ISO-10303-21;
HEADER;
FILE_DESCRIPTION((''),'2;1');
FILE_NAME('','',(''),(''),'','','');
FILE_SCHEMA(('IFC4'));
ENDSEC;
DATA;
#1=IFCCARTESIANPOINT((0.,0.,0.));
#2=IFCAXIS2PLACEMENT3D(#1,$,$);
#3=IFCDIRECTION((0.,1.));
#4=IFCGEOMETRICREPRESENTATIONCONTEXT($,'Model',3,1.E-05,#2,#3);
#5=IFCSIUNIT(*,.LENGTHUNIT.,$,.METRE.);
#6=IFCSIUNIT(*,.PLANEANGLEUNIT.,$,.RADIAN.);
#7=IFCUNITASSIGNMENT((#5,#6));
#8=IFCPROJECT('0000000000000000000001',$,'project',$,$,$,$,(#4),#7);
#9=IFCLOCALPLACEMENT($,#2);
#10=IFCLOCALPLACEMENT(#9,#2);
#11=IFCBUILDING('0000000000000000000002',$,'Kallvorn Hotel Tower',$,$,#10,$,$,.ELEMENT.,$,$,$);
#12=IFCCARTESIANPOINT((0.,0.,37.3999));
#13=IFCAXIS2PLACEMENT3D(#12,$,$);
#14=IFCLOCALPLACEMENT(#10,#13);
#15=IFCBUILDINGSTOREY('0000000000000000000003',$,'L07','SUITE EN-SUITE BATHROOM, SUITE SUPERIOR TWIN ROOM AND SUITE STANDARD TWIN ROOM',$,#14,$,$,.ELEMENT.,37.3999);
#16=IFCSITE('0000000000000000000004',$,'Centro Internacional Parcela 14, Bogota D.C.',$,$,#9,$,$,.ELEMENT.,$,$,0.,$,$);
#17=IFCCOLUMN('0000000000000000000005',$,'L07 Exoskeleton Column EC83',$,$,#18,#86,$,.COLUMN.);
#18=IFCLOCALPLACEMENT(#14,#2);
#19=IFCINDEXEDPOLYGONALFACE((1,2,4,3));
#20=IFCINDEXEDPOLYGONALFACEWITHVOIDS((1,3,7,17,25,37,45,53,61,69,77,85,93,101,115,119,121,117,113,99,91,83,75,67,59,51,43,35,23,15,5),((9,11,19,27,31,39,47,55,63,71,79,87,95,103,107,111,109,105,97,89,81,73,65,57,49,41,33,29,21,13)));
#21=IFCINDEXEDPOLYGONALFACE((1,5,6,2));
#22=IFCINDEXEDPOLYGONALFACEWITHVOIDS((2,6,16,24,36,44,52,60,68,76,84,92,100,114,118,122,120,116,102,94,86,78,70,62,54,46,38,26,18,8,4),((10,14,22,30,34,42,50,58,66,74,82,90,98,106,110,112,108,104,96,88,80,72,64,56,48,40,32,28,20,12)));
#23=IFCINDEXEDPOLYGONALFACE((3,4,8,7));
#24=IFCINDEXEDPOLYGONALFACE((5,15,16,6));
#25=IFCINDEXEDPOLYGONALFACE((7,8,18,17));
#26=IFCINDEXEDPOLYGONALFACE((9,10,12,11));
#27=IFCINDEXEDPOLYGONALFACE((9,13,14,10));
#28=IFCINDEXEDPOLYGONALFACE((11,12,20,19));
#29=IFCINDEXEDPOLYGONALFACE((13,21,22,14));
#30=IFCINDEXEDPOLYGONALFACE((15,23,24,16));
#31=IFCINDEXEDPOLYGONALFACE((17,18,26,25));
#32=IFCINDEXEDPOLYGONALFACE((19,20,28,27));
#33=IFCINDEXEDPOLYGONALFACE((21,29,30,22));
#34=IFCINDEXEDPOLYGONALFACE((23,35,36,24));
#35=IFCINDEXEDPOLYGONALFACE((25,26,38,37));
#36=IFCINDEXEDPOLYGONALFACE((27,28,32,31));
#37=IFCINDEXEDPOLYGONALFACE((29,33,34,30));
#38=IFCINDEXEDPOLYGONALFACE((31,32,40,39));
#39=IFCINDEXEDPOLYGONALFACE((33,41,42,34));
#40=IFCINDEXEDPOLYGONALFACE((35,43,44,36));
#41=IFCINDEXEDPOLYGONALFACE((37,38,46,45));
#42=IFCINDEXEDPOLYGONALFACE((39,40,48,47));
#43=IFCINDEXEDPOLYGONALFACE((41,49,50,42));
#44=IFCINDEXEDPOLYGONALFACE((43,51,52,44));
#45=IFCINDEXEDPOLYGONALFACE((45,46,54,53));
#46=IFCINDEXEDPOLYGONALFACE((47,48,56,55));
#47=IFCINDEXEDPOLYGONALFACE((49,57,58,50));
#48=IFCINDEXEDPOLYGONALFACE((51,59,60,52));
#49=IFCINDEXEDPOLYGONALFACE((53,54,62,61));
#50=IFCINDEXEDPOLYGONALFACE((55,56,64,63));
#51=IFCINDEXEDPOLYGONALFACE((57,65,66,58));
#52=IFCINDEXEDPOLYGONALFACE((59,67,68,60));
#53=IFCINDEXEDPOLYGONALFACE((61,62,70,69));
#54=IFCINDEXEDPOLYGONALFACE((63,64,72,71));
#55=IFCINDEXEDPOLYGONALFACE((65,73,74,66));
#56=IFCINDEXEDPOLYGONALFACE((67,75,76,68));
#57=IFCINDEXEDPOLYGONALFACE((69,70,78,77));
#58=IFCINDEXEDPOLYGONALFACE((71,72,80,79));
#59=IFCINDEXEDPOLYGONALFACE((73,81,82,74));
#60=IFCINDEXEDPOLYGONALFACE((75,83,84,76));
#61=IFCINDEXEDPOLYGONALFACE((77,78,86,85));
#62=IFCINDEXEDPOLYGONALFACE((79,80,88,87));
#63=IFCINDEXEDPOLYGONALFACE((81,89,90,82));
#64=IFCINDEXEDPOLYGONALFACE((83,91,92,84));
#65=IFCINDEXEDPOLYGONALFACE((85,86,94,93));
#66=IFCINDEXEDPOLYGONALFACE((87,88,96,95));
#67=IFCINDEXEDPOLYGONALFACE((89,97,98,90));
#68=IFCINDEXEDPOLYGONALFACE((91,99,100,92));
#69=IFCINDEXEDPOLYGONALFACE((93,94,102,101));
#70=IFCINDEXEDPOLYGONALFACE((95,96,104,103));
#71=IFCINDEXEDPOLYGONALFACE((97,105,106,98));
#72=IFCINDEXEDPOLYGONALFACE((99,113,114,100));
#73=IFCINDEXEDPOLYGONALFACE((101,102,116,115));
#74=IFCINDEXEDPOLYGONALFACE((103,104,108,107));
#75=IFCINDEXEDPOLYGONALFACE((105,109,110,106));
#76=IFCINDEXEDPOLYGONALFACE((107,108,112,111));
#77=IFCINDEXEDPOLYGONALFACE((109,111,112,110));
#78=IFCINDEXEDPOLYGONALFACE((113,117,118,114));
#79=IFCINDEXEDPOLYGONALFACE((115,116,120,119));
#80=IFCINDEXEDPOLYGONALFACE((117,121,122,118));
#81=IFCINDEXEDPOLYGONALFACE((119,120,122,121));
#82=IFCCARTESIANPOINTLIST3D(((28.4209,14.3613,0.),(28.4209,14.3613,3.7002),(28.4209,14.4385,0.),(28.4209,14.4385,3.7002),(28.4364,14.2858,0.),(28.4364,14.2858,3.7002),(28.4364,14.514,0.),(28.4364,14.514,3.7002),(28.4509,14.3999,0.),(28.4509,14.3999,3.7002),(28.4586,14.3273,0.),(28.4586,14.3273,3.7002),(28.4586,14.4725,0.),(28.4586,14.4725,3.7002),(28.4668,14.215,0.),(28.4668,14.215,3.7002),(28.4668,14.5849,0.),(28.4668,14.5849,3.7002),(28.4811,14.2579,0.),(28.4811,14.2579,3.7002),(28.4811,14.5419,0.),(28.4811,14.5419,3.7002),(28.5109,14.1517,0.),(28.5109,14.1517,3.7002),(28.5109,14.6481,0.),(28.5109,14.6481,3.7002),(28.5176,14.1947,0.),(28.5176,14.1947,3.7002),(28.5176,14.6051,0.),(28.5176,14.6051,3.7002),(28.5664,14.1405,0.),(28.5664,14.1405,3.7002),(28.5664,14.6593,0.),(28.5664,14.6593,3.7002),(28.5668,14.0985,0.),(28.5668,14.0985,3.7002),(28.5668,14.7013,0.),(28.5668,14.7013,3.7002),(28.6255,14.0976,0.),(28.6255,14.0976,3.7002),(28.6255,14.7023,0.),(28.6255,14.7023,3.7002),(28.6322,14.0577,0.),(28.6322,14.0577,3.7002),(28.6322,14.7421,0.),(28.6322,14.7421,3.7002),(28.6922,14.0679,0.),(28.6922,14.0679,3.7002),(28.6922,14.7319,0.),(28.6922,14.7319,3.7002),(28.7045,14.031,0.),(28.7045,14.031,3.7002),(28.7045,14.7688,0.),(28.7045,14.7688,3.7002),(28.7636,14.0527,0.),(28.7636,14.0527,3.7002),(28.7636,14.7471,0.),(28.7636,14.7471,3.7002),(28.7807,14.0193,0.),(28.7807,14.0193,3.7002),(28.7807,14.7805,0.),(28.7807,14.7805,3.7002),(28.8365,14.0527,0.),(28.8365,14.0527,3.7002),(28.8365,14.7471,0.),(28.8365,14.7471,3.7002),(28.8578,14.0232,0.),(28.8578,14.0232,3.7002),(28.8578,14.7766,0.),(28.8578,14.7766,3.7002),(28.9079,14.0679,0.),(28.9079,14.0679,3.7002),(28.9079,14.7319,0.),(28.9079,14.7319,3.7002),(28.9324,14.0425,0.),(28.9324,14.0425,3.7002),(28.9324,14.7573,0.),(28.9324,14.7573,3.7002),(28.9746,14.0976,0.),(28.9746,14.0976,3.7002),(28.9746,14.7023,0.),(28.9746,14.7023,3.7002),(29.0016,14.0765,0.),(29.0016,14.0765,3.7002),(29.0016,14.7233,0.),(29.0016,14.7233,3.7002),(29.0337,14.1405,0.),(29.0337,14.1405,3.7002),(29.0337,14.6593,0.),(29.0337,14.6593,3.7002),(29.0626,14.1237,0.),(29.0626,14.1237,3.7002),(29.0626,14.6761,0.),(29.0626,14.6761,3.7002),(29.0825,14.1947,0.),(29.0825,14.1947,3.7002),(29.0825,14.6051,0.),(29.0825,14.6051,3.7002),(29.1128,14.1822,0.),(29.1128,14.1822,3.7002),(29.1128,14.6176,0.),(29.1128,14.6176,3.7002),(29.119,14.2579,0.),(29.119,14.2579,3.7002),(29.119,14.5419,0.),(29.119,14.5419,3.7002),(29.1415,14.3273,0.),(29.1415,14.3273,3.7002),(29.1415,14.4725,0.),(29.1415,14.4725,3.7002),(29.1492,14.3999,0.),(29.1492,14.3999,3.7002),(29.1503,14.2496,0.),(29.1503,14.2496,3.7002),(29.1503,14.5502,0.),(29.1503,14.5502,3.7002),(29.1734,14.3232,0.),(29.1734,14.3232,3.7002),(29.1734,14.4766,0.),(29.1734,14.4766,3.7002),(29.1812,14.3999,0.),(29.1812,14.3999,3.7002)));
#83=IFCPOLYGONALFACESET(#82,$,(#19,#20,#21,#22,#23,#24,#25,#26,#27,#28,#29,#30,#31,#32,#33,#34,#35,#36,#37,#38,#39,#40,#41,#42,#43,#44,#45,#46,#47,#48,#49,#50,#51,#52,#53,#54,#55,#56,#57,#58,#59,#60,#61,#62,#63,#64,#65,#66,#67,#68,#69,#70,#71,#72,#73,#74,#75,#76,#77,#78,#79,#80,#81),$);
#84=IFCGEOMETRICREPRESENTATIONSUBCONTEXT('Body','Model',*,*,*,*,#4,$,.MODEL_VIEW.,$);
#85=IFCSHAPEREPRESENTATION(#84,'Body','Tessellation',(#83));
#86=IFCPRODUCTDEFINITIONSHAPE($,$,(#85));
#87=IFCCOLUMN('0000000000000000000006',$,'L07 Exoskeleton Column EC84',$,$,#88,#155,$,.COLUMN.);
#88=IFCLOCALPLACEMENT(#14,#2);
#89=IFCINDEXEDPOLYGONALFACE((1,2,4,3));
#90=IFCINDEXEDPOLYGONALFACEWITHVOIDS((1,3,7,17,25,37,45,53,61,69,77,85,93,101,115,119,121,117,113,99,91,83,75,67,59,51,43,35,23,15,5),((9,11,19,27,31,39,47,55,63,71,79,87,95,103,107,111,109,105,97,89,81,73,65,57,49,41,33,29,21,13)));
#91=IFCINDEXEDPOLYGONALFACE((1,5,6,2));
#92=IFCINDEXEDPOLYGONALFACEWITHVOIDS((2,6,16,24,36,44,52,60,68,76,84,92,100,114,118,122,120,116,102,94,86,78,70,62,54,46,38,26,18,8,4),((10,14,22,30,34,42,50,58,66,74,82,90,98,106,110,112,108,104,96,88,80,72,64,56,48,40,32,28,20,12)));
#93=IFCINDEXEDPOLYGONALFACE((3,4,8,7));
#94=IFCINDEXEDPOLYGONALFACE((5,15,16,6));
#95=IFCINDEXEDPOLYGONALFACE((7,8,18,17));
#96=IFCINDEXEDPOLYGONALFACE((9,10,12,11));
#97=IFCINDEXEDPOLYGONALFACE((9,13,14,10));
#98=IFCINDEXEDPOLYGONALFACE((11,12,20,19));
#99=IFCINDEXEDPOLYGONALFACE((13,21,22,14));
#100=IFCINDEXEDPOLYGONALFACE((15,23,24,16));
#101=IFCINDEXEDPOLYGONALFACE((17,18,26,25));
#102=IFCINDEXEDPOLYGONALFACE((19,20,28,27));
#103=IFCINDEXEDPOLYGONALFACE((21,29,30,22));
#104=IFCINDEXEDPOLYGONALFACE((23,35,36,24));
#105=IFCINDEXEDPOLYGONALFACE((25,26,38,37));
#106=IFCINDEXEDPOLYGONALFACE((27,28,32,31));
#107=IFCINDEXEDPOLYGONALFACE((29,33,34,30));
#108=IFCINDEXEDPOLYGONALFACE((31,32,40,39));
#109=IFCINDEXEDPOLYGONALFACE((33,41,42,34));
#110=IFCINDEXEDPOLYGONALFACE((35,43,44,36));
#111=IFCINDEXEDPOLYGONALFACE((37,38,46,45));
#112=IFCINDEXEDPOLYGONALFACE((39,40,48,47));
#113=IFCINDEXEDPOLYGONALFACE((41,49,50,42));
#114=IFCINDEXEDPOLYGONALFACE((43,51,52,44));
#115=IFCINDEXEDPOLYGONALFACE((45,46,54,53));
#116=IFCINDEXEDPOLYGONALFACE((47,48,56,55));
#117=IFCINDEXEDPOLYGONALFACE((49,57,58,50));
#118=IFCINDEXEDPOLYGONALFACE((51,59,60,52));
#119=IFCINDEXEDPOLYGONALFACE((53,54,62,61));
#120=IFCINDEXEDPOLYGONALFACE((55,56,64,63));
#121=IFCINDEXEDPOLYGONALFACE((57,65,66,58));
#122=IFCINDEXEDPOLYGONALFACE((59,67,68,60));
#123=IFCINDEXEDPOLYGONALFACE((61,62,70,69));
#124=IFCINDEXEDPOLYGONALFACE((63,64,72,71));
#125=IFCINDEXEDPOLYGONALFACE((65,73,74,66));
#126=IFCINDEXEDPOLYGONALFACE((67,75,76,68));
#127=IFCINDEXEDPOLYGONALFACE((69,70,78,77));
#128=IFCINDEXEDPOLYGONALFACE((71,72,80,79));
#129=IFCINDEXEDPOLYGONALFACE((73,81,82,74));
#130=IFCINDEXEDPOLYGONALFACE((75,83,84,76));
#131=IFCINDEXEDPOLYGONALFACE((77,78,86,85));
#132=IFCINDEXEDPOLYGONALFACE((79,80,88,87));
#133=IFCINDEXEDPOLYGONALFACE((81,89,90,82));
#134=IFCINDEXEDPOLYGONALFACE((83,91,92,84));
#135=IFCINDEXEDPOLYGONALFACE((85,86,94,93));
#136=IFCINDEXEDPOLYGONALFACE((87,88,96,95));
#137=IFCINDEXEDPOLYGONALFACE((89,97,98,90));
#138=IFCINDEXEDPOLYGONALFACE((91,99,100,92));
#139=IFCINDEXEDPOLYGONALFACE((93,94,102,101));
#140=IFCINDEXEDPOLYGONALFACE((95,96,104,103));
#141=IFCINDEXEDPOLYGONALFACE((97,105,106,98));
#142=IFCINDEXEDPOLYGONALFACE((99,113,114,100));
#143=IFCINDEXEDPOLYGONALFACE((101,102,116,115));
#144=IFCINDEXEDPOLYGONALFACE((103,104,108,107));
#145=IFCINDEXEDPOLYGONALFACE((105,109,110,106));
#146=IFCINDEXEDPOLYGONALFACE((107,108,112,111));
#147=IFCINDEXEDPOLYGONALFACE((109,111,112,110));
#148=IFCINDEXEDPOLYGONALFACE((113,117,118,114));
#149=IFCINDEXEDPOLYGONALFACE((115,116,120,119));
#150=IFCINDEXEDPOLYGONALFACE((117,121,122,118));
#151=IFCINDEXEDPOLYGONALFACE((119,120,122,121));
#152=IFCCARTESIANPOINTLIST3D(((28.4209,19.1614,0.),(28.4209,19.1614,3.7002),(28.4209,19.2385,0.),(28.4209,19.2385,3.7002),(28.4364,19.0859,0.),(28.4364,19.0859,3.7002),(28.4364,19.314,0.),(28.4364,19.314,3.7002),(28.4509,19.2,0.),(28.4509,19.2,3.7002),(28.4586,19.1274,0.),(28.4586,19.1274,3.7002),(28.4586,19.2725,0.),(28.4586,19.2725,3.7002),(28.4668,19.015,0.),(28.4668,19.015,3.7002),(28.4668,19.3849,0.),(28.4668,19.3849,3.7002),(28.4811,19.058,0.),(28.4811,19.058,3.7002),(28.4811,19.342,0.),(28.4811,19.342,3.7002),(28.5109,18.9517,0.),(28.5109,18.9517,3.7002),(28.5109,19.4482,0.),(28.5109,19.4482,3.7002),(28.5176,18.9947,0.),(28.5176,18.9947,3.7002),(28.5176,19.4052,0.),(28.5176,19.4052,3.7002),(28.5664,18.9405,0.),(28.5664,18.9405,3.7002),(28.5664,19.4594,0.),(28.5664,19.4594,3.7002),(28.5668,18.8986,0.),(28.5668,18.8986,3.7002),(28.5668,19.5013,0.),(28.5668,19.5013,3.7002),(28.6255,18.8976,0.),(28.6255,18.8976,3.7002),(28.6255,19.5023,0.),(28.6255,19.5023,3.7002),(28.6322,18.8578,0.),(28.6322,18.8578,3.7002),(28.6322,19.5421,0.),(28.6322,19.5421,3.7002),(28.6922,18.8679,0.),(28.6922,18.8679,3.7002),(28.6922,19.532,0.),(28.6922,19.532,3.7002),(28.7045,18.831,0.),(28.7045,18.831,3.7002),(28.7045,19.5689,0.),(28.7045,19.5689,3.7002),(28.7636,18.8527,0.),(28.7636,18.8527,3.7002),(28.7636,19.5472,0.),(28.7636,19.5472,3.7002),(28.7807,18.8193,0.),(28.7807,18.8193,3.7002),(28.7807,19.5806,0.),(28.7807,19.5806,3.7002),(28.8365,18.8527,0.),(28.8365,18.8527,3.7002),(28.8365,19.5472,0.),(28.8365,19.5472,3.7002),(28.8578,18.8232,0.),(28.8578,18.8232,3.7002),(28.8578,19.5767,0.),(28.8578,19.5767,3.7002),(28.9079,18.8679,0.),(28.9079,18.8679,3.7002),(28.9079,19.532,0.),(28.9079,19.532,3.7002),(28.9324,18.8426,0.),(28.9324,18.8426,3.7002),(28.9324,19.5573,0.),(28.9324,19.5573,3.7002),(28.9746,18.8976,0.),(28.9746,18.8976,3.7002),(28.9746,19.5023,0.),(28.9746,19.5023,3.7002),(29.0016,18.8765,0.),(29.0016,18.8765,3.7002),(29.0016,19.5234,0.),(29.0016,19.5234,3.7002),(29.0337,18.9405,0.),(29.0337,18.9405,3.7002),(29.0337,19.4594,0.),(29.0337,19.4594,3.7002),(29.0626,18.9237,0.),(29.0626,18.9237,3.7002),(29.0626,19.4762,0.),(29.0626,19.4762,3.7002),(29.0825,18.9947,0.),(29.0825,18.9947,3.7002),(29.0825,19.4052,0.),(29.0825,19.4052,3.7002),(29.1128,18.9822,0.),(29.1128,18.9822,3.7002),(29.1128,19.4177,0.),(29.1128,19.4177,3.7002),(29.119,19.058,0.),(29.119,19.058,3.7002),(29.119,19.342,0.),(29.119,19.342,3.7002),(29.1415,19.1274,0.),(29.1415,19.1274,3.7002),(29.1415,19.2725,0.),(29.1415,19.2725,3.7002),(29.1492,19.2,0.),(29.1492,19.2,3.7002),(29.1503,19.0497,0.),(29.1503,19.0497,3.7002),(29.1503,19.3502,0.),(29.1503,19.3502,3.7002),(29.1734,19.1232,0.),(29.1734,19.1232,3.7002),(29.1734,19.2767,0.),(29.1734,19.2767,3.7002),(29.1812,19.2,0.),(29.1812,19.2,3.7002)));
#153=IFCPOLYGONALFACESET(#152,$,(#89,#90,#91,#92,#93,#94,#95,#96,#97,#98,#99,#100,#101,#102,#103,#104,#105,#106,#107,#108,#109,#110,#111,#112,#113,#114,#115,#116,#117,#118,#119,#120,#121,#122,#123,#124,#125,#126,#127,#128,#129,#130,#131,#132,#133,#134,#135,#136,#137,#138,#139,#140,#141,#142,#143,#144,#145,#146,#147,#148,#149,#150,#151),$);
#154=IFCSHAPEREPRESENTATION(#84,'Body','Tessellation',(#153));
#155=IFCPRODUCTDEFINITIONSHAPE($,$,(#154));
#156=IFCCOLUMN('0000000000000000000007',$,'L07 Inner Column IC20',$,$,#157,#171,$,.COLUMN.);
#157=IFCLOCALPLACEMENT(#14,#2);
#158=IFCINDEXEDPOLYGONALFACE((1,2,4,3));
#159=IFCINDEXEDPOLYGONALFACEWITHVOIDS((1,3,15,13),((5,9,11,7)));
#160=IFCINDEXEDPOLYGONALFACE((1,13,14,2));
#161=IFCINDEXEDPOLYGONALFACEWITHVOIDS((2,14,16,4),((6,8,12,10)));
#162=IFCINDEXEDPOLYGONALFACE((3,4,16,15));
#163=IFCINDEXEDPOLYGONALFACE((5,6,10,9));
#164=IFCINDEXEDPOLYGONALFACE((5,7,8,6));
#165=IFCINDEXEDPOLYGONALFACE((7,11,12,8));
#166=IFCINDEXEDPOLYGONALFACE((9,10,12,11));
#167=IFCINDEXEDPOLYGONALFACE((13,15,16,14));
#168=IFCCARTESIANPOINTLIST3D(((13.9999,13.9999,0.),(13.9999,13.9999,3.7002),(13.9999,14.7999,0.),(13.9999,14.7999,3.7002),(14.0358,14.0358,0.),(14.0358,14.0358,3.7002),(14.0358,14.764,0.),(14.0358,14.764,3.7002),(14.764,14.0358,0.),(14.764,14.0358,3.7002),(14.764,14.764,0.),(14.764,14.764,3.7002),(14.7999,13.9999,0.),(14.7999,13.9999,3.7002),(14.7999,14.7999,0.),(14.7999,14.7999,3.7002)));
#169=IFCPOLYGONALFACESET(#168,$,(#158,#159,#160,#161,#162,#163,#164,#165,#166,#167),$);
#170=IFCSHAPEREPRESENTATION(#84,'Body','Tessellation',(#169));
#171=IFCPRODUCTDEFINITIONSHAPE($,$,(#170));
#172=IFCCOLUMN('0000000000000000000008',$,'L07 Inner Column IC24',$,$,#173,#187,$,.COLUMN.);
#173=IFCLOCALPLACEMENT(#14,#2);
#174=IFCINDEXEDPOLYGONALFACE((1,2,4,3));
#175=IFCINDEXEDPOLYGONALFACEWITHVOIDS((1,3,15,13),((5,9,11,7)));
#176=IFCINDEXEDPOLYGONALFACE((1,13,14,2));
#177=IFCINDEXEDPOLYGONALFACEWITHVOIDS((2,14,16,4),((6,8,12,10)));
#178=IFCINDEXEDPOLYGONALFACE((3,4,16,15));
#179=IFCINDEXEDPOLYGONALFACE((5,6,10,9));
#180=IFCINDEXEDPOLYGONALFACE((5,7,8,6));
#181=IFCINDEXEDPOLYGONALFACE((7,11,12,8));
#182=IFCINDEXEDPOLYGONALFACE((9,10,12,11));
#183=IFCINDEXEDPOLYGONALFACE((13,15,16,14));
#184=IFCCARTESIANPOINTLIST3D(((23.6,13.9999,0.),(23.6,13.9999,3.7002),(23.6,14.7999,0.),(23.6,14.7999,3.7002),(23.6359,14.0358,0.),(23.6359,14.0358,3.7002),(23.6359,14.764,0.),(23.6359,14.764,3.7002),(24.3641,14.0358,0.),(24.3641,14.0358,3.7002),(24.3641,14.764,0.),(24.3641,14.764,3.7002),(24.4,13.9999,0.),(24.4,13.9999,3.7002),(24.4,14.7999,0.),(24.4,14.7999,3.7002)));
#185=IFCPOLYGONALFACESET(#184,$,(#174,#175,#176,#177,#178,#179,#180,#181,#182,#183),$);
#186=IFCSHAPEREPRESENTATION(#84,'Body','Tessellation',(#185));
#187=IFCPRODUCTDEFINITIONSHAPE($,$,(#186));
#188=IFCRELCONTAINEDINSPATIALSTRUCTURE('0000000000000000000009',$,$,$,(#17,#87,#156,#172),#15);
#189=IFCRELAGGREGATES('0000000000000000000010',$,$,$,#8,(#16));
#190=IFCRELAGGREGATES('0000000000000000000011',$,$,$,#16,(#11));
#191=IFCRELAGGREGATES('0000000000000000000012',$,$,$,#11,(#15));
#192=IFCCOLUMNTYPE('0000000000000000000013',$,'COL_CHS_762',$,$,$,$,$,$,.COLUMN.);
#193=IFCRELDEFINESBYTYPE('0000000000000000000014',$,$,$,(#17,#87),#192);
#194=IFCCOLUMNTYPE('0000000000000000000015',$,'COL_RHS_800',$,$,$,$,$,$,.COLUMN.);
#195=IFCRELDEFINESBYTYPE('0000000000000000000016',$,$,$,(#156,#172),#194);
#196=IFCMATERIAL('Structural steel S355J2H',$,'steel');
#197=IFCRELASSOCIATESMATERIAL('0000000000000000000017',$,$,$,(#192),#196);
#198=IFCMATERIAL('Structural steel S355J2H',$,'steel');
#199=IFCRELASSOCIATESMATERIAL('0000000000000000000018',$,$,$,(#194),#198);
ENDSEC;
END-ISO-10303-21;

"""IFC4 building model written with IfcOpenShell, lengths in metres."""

from ifc_helpers import new_model, si_unit, direction, frame, origin, origin_2d, place, context, subcontext, project, spatial, hollow_rectangle, hollow_circle, extrude, material, material_profile, profile_set, type_object, element, save


model = new_model("IFC4")

# Units and contexts
model_context = context("Model", 3, precision=1e-05, world=origin(), true_north=direction((0.0, 1.0)))
body_context = subcontext(model_context, "Body", "Model", "MODEL_VIEW")
ifc_project = project(units=[si_unit("LENGTHUNIT", "METRE"), si_unit("PLANEANGLEUNIT", "RADIAN")], contexts=[model_context])

# Site, building, storey
site_placement = place(None, origin())
site = spatial("IfcSite", under=ifc_project, at=site_placement, Name="Centro Internacional Parcela 14, Bogota D.C.", CompositionType="ELEMENT", RefElevation=0.0)
building_placement = place(site_placement, origin())
building = spatial("IfcBuilding", under=site, at=building_placement, Name="Kallvorn Hotel Tower", CompositionType="ELEMENT")
storey_placement = place(building_placement, frame((0.0, 0.0, 37.3999)))
storey = spatial("IfcBuildingStorey", under=building, at=storey_placement, Name="L07", Description="SUITE EN-SUITE BATHROOM, SUITE SUPERIOR TWIN ROOM AND SUITE STANDARD TWIN ROOM", CompositionType="ELEMENT", Elevation=37.3999)

# Columns
ifc_material_1 = material(Name="Structural steel S355J2H", Category="steel")
ifc_material_profile_1 = material_profile(ifc_material_1, hollow_circle(Radius=0.3811, WallThickness=0.032, at=origin_2d()), Name="CHS 762x32")
ifc_profile_set_1 = profile_set([ifc_material_profile_1], Name="Structural steel S355J2H")
column_type_1 = type_object("IfcColumnType", Name="COL_CHS_762", PredefinedType="COLUMN", material=ifc_profile_set_1)
for number, where, z_axis, x_axis, name in (
    (1, (28.8, 14.3999, 0.0), (0.0, 0.0, 1.0), (1.0, 0.0, 0.0), "L07 Exoskeleton Column EC83"),
    (2, (28.8, 19.2, 0.0), (0.0, 0.0, 1.0), (1.0, 0.0, 0.0), "L07 Exoskeleton Column EC84"),
):
    element("IfcColumn", number, at=place(storey_placement, frame(where, z_axis=z_axis, x_axis=x_axis)), inside=storey, type_object=column_type_1, Name=name, PredefinedType="COLUMN", context=body_context, shape_type="SweptSolid", body=[
        extrude(hollow_circle(Radius=0.3811, WallThickness=0.032, at=origin_2d()), origin(), (0.0, 0.0, 1.0), 3.7002),
    ])
ifc_material_2 = material(Name="Structural steel S355J2H", Category="steel")
ifc_material_profile_2 = material_profile(ifc_material_2, hollow_rectangle(XDim=0.8, YDim=0.8, WallThickness=0.0359, at=origin_2d()), Name="RHS 800x800x36")
ifc_profile_set_2 = profile_set([ifc_material_profile_2], Name="Structural steel S355J2H")
column_type_2 = type_object("IfcColumnType", Name="COL_RHS_800", PredefinedType="COLUMN", material=ifc_profile_set_2)
for number, where, z_axis, x_axis, name in (
    (3, (14.3999, 14.3999, 0.0), (0.0, 0.0, 1.0), (1.0, 0.0, 0.0), "L07 Inner Column IC20"),
    (4, (24.0, 14.3999, 0.0), (0.0, 0.0, 1.0), (1.0, 0.0, 0.0), "L07 Inner Column IC24"),
):
    element("IfcColumn", number, at=place(storey_placement, frame(where, z_axis=z_axis, x_axis=x_axis)), inside=storey, type_object=column_type_2, Name=name, PredefinedType="COLUMN", context=body_context, shape_type="SweptSolid", body=[
        extrude(hollow_rectangle(XDim=0.8, YDim=0.8, WallThickness=0.0359, at=origin_2d()), origin(), (0.0, 0.0, 1.0), 3.7002),
    ])

save(model, "model.ifc")
